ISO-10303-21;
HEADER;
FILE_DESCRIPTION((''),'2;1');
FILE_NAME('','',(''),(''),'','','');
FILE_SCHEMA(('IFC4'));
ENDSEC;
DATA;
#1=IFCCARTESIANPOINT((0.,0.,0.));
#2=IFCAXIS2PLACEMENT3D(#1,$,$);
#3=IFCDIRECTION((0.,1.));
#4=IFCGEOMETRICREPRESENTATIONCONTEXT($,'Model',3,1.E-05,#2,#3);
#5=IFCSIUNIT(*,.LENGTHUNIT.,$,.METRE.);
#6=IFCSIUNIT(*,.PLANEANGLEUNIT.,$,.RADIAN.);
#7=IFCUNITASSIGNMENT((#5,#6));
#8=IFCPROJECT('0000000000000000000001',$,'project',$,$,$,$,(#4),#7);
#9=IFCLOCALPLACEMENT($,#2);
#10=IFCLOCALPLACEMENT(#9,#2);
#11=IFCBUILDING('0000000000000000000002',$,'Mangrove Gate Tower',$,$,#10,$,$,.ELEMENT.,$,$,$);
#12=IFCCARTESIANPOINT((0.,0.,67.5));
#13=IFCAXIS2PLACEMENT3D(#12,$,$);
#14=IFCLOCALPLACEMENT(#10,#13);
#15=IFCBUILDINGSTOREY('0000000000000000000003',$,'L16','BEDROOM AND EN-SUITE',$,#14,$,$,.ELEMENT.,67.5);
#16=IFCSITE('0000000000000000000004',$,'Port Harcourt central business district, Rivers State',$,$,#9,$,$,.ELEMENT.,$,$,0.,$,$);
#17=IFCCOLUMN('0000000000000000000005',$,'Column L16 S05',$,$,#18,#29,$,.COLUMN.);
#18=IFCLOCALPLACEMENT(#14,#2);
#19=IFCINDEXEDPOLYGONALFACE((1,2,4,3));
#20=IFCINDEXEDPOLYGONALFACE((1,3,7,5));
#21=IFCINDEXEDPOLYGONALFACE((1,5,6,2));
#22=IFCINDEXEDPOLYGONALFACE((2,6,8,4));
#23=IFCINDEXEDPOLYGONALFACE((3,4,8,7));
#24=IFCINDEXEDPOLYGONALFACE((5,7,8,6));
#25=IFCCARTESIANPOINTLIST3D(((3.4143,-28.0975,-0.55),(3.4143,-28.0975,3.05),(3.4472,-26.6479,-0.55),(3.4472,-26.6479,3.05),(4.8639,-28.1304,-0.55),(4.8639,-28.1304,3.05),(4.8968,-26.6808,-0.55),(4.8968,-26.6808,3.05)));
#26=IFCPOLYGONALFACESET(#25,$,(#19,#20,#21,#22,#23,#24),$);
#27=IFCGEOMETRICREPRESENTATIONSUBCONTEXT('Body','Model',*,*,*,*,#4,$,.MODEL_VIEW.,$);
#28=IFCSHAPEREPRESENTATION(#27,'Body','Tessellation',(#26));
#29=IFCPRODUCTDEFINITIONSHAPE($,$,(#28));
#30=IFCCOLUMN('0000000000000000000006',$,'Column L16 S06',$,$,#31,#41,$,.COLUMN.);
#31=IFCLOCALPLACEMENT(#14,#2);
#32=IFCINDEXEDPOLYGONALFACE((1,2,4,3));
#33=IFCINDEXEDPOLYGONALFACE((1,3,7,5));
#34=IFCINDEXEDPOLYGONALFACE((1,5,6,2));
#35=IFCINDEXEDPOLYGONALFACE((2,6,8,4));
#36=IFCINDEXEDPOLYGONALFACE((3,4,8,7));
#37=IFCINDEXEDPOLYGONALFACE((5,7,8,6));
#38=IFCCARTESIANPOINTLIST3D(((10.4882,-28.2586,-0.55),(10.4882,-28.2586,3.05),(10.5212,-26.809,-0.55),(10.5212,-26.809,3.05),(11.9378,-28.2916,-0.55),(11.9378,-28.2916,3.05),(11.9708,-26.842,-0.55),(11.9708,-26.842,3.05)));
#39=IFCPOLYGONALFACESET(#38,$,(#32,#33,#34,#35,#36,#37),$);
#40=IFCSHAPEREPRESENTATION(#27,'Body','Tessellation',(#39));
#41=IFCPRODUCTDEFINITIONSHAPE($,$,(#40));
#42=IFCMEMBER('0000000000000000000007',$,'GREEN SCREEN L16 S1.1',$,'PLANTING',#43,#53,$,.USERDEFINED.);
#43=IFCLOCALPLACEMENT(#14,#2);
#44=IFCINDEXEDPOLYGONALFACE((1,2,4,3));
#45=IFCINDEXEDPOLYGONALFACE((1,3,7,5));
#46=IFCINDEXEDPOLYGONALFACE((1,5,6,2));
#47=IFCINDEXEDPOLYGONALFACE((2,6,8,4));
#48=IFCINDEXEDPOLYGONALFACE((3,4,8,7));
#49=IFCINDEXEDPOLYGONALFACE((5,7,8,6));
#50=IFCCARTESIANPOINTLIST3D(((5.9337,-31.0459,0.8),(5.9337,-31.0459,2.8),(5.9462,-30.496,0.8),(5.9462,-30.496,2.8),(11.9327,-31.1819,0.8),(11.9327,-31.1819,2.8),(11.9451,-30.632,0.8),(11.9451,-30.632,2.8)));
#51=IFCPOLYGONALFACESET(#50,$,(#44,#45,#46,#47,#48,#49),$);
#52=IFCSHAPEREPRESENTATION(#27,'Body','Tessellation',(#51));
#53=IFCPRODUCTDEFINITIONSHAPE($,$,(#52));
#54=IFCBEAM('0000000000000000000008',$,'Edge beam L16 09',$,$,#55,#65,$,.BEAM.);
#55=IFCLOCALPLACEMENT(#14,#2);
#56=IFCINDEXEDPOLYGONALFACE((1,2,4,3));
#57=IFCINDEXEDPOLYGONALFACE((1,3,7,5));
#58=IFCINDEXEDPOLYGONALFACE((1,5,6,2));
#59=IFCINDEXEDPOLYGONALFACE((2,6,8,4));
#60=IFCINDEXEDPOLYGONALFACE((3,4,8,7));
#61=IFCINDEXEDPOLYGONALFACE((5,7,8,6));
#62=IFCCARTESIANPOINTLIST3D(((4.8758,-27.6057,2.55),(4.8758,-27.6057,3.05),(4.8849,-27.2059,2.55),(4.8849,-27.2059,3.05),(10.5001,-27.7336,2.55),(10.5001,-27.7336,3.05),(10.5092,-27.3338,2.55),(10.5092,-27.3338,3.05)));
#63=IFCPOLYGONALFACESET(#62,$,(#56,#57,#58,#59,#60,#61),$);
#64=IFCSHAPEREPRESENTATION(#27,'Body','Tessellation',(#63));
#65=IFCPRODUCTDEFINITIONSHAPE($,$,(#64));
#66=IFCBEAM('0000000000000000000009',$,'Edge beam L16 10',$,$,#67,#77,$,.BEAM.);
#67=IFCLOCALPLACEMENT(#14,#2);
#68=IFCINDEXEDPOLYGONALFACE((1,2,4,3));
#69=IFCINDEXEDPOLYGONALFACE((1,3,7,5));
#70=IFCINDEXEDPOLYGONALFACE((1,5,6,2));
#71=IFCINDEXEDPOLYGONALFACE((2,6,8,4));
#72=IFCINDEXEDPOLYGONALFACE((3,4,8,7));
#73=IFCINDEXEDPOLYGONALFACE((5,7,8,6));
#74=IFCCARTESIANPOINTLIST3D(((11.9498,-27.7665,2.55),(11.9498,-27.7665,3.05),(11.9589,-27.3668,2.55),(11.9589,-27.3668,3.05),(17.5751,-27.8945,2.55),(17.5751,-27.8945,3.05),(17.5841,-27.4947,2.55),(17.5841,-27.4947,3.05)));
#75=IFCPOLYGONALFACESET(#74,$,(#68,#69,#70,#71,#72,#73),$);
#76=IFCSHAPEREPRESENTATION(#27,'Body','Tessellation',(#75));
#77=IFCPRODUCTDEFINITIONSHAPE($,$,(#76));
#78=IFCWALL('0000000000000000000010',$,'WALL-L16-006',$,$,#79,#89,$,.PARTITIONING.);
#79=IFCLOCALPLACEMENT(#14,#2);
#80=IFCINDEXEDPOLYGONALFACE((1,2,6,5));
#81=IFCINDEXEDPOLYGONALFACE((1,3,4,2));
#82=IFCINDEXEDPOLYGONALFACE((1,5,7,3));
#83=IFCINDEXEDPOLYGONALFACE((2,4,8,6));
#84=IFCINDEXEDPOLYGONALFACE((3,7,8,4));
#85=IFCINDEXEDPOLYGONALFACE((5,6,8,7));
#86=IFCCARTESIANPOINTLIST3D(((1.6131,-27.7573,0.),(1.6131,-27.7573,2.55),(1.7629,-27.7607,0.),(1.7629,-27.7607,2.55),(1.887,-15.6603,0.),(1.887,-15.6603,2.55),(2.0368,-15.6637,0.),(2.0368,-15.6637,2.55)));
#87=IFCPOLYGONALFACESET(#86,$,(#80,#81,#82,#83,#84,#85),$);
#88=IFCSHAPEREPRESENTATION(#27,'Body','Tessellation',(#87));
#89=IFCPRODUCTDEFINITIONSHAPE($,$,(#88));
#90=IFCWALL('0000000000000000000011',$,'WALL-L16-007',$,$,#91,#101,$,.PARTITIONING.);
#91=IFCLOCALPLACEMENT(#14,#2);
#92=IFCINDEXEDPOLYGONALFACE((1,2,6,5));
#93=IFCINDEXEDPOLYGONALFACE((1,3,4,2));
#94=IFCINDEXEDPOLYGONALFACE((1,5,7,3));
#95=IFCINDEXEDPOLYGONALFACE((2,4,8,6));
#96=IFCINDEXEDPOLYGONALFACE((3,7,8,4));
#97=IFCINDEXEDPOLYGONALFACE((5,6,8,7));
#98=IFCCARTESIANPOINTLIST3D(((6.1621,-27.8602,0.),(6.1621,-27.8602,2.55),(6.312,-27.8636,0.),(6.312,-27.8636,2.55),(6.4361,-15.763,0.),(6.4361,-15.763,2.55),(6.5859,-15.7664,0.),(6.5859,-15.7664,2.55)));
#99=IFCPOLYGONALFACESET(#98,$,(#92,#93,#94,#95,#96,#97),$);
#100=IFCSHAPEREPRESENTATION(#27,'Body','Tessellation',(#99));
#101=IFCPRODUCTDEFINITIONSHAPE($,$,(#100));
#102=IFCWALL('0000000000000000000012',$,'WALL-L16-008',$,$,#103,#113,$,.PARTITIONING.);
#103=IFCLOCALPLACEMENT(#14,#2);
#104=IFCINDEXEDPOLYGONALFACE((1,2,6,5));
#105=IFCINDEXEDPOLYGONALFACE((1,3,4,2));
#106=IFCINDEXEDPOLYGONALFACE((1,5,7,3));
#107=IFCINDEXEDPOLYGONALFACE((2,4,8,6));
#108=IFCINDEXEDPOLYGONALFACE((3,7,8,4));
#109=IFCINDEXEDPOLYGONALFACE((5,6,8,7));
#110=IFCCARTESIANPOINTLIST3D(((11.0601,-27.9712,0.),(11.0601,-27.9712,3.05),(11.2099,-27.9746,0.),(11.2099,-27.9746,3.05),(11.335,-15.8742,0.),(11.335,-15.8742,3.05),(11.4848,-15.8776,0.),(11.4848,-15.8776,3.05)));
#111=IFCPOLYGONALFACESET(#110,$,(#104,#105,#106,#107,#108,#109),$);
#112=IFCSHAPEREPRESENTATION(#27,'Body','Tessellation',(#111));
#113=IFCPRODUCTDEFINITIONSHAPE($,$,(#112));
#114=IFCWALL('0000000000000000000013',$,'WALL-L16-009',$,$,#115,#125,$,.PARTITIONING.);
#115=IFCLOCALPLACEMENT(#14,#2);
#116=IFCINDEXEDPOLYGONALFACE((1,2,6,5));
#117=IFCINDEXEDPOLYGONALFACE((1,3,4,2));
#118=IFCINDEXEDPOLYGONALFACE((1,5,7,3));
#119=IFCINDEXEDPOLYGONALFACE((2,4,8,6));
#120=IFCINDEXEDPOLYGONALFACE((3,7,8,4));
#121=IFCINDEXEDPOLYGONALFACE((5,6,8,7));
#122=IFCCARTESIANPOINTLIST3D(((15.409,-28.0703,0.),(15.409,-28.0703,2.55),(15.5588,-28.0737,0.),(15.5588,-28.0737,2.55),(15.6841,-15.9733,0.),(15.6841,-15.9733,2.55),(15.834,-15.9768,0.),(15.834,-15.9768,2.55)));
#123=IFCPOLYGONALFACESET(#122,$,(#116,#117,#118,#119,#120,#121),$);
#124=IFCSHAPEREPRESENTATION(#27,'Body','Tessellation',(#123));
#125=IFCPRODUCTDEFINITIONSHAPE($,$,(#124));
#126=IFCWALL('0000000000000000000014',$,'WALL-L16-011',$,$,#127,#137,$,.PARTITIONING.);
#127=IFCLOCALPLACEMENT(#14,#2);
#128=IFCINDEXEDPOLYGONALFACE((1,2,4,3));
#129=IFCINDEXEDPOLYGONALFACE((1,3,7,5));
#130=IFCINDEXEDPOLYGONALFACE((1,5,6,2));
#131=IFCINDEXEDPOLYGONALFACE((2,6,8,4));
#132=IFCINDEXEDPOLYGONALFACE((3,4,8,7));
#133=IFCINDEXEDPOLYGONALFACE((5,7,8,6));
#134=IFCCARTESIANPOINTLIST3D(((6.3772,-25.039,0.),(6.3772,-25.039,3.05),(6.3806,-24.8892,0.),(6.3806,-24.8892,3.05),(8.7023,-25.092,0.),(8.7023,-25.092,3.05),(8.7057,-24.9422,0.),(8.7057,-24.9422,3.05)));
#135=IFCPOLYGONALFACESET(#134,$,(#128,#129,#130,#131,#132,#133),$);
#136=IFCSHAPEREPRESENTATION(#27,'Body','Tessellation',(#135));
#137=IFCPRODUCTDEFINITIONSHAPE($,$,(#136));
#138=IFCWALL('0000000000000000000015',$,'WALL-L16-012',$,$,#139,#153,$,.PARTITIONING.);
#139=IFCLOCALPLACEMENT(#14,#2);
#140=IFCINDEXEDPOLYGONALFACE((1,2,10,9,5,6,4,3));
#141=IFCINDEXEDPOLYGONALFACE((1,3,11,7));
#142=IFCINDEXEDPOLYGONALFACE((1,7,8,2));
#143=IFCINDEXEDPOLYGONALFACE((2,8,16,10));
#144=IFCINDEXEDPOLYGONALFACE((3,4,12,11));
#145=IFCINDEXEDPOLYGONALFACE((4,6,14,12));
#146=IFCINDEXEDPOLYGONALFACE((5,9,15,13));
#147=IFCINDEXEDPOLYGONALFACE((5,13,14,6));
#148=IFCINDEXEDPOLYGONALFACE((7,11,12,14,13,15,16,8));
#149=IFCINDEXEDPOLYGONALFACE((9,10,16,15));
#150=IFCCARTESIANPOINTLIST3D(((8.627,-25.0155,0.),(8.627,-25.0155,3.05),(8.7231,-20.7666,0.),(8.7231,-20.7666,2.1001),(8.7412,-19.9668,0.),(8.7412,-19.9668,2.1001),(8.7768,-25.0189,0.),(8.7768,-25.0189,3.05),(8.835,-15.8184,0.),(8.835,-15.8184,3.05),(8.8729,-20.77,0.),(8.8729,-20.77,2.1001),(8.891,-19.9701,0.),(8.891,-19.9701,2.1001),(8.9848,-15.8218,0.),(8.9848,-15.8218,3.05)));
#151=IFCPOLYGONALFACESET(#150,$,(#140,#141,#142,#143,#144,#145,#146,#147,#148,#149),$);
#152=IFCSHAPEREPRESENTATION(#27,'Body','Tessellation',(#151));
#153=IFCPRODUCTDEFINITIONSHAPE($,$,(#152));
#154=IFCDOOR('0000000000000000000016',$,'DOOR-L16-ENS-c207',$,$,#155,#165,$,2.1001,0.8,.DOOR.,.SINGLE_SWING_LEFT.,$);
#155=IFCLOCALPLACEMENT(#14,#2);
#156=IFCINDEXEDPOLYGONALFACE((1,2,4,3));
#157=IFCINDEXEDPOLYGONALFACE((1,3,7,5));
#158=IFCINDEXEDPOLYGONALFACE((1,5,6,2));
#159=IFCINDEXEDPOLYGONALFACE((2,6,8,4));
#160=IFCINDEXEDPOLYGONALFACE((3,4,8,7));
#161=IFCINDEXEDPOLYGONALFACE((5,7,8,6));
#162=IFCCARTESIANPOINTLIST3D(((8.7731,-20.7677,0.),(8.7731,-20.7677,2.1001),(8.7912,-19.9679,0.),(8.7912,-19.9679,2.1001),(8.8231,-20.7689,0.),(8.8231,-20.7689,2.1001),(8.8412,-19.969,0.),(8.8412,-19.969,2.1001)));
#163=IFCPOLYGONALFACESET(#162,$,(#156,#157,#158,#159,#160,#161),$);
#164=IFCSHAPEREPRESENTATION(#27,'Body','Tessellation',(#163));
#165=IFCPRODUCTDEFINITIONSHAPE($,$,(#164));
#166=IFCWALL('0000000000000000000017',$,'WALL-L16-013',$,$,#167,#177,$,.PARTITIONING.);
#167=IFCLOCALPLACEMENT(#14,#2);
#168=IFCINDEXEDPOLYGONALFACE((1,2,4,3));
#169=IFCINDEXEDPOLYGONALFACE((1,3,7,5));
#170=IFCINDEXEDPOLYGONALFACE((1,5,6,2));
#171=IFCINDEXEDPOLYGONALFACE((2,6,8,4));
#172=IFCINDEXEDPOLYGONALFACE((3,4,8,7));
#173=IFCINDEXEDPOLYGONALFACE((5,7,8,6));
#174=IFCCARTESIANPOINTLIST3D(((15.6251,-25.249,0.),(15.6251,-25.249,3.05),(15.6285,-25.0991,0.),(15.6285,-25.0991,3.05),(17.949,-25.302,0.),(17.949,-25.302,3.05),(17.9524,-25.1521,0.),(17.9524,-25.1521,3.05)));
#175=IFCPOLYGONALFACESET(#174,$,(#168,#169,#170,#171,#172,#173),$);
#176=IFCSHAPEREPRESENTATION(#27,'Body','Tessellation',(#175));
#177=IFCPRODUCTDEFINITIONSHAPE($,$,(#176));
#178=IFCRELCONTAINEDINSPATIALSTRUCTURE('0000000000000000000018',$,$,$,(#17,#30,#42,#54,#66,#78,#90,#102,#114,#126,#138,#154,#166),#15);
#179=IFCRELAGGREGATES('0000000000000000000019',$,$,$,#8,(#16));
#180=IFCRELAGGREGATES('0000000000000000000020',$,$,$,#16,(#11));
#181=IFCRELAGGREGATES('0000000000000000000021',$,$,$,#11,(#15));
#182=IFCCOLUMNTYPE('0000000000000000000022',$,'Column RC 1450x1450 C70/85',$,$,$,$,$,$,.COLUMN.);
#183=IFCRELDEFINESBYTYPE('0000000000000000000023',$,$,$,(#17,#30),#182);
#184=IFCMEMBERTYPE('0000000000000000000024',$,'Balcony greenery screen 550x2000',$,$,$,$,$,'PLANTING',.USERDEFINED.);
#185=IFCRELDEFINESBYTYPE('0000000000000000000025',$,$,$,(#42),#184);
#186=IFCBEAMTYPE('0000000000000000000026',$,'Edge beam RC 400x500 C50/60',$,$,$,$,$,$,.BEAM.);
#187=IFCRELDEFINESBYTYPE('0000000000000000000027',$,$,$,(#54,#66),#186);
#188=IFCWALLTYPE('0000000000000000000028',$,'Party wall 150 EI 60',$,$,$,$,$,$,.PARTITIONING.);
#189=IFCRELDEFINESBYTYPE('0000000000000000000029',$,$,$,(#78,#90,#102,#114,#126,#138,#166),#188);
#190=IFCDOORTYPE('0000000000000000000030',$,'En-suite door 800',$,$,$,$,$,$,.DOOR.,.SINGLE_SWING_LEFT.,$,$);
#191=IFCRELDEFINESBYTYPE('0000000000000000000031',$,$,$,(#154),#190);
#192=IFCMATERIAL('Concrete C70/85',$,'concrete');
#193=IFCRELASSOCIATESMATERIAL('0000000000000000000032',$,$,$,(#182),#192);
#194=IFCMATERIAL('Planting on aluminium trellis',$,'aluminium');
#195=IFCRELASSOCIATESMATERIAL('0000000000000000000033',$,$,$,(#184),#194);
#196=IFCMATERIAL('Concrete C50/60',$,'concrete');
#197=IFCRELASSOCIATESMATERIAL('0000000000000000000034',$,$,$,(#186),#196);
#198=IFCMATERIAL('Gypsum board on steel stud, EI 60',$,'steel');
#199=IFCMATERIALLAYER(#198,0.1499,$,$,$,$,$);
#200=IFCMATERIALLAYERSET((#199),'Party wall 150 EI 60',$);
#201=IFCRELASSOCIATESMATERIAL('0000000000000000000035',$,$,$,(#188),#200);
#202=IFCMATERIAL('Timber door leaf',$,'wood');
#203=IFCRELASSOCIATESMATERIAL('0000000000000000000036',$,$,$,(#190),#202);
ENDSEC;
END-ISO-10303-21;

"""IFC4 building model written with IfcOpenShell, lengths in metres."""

from ifc_helpers import new_model, si_unit, direction, frame, frame_2d, origin, origin_2d, place, context, subcontext, project, spatial, rectangle, extrude, material, layer, layer_set, material_profile, profile_set, type_object, element, fill, save


model = new_model("IFC4")

# Units and contexts
model_context = context("Model", 3, precision=1e-05, world=origin(), true_north=direction((0.0, 1.0)))
body_context = subcontext(model_context, "Body", "Model", "MODEL_VIEW")
ifc_project = project(units=[si_unit("LENGTHUNIT", "METRE"), si_unit("PLANEANGLEUNIT", "RADIAN")], contexts=[model_context])

# Site, building, storey
site_placement = place(None, origin())
site = spatial("IfcSite", under=ifc_project, at=site_placement, Name="Port Harcourt central business district, Rivers State", CompositionType="ELEMENT", RefElevation=0.0)
building_placement = place(site_placement, origin())
building = spatial("IfcBuilding", under=site, at=building_placement, Name="Mangrove Gate Tower", CompositionType="ELEMENT")
storey_placement = place(building_placement, frame((0.0, 0.0, 67.5)))
storey = spatial("IfcBuildingStorey", under=building, at=storey_placement, Name="L16", Description="BEDROOM AND EN-SUITE", CompositionType="ELEMENT", Elevation=67.5)

# Columns
ifc_material_1 = material(Name="Concrete C70/85", Category="concrete")
ifc_material_profile_1 = material_profile(ifc_material_1, rectangle(XDim=1.45, YDim=1.45, at=origin_2d()))
ifc_profile_set_1 = profile_set([ifc_material_profile_1], Name="Concrete C70/85")
column_type = type_object("IfcColumnType", Name="Column RC 1450x1450 C70/85", PredefinedType="COLUMN", material=ifc_profile_set_1)
for number, where, z_axis, x_axis, name in (
    (1, (4.1555, -27.3892, -0.55), (0.0, 0.0, 1.0), (0.999743, -0.022681, 0.0), "Column L16 S05"),
    (2, (11.2295, -27.5503, -0.55), (0.0, 0.0, 1.0), (0.999741, -0.022752, 0.0), "Column L16 S06"),
):
    element("IfcColumn", number, at=place(storey_placement, frame(where, z_axis=z_axis, x_axis=x_axis)), inside=storey, type_object=column_type, Name=name, PredefinedType="COLUMN", context=body_context, shape_type="SweptSolid", body=[
        extrude(rectangle(XDim=1.45, YDim=1.45, at=origin_2d()), origin(), (0.0, 0.0, 1.0), 3.6001),
    ])

# Member
ifc_material_2 = material(Name="Planting on aluminium trellis", Category="aluminium")
ifc_material_profile_2 = material_profile(ifc_material_2, rectangle(XDim=0.55, YDim=2.0, at=origin_2d()))
ifc_profile_set_2 = profile_set([ifc_material_profile_2], Name="Planting on aluminium trellis")
member_type = type_object("IfcMemberType", Name="Balcony greenery screen 550x2000", ElementType="PLANTING", PredefinedType="USERDEFINED", material=ifc_profile_set_2)
member_placement = place(storey_placement, frame((5.9399, -30.771, 1.8), z_axis=(0.999743, -0.022662, 0.0), x_axis=(0.022662, 0.999743, 0.0)))
element("IfcMember", 3, at=member_placement, inside=storey, type_object=member_type, Name="GREEN SCREEN L16 S1.1", ObjectType="PLANTING", PredefinedType="USERDEFINED", context=body_context, shape_type="SweptSolid", body=[
    extrude(rectangle(XDim=0.55, YDim=2.0, at=origin_2d()), origin(), (0.0, 0.0, 1.0), 6.0005),
])

# Beams
ifc_material_3 = material(Name="Concrete C50/60", Category="concrete")
ifc_material_profile_3 = material_profile(ifc_material_3, rectangle(XDim=0.3999, YDim=0.5, at=origin_2d()))
ifc_profile_set_3 = profile_set([ifc_material_profile_3], Name="Concrete C50/60")
beam_type = type_object("IfcBeamType", Name="Edge beam RC 400x500 C50/60", PredefinedType="BEAM", material=ifc_profile_set_3)
beam_1_placement = place(storey_placement, frame((4.8804, -27.4058, 2.8), z_axis=(0.999741, -0.02274, 0.0), x_axis=(0.02274, 0.999741, 0.0)))
element("IfcBeam", 4, at=beam_1_placement, inside=storey, type_object=beam_type, Name="Edge beam L16 09", PredefinedType="BEAM", context=body_context, shape_type="SweptSolid", body=[
    extrude(rectangle(XDim=0.3999, YDim=0.5, at=origin_2d()), origin(), (0.0, 0.0, 1.0), 5.6257),
])
beam_2_placement = place(storey_placement, frame((11.9543, -27.5667, 2.8), z_axis=(0.999741, -0.022736, 0.0), x_axis=(0.022736, 0.999741, 0.0)))
element("IfcBeam", 5, at=beam_2_placement, inside=storey, type_object=beam_type, Name="Edge beam L16 10", PredefinedType="BEAM", context=body_context, shape_type="SweptSolid", body=[
    extrude(rectangle(XDim=0.3999, YDim=0.5, at=origin_2d()), origin(), (0.0, 0.0, 1.0), 5.6267),
])

# Walls
ifc_material_4 = material(Name="Gypsum board on steel stud, EI 60", Category="steel")
ifc_layer_1 = layer(ifc_material_4, 0.1499)
ifc_layer_set_1 = layer_set([ifc_layer_1], Name="Party wall 150 EI 60")
wall_type_1 = type_object("IfcWallType", Name="Party wall 150 EI 60", PredefinedType="PARTITIONING", material=ifc_layer_set_1)
wall_1_placement = place(storey_placement, frame((1.688, -27.759, 0.0), z_axis=(0.0, 0.0, 1.0), x_axis=(0.022638, 0.999744, 0.0)))
element("IfcWall", 6, at=wall_1_placement, inside=storey, type_object=wall_type_1, Name="WALL-L16-006", PredefinedType="PARTITIONING", context=body_context, shape_type="SweptSolid", body=[
    extrude(rectangle(XDim=12.1001, YDim=0.1499, at=frame_2d((6.05, 0.0))), origin(), (0.0, 0.0, 1.0), 2.55),
])
wall_2_placement = place(storey_placement, frame((6.2371, -27.8621, 0.0), z_axis=(0.0, 0.0, 1.0), x_axis=(0.022638, 0.999744, 0.0)))
element("IfcWall", 7, at=wall_2_placement, inside=storey, type_object=wall_type_1, Name="WALL-L16-007", PredefinedType="PARTITIONING", context=body_context, shape_type="SweptSolid", body=[
    extrude(rectangle(XDim=12.1003, YDim=0.1499, at=frame_2d((6.0503, 0.0))), origin(), (0.0, 0.0, 1.0), 2.55),
])
wall_3_placement = place(storey_placement, frame((11.135, -27.9729, 0.0), z_axis=(0.0, 0.0, 1.0), x_axis=(0.022719, 0.999742, 0.0)))
element("IfcWall", 8, at=wall_3_placement, inside=storey, type_object=wall_type_1, Name="WALL-L16-008", PredefinedType="PARTITIONING", context=body_context, shape_type="SweptSolid", body=[
    extrude(rectangle(XDim=12.1001, YDim=0.1499, at=frame_2d((6.05, 0.0))), origin(), (0.0, 0.0, 1.0), 3.05),
])
wall_4_placement = place(storey_placement, frame((15.4839, -28.072, 0.0), z_axis=(0.0, 0.0, 1.0), x_axis=(0.022739, 0.999741, 0.0)))
element("IfcWall", 9, at=wall_4_placement, inside=storey, type_object=wall_type_1, Name="WALL-L16-009", PredefinedType="PARTITIONING", context=body_context, shape_type="SweptSolid", body=[
    extrude(rectangle(XDim=12.1001, YDim=0.1499, at=frame_2d((6.05, 0.0))), origin(), (0.0, 0.0, 1.0), 2.55),
])
wall_5_placement = place(storey_placement, frame((6.3789, -24.9641, 0.0), z_axis=(0.0, 0.0, 1.0), x_axis=(0.999741, -0.022779, 0.0)))
element("IfcWall", 10, at=wall_5_placement, inside=storey, type_object=wall_type_1, Name="WALL-L16-011", PredefinedType="PARTITIONING", context=body_context, shape_type="SweptSolid", body=[
    extrude(rectangle(XDim=2.3257, YDim=0.1499, at=frame_2d((1.1628, 0.0))), origin(), (0.0, 0.0, 1.0), 3.05),
])

# Wall, opening, door
wall_6_placement = place(storey_placement, frame((8.7019, -25.0171, 0.0), z_axis=(0.0, 0.0, 1.0), x_axis=(0.022611, 0.999744, 0.0)))
wall_6 = element("IfcWall", 11, at=wall_6_placement, inside=storey, type_object=wall_type_1, Name="WALL-L16-012", PredefinedType="PARTITIONING", context=body_context, shape_type="SweptSolid", body=[
    extrude(rectangle(XDim=9.1995, YDim=0.1499, at=frame_2d((4.5996, 0.0))), origin(), (0.0, 0.0, 1.0), 3.05),
])
opening_1_placement = place(wall_6_placement, frame((4.25, 0.0, 0.0)))
opening_1 = element("IfcOpeningElement", 12, at=opening_1_placement, cuts=wall_6, PredefinedType="OPENING", context=body_context, shape_type="SweptSolid", body=[
    extrude(rectangle(XDim=0.8, YDim=2.1001, at=frame_2d((0.3999, 1.05))), frame((0.0, 0.085, 0.0), z_axis=(0.0, -1.0, 0.0), x_axis=(1.0, 0.0, 0.0)), (0.0, 0.0, 1.0), 0.1699),
])
ifc_material_5 = material(Name="Timber door leaf", Category="wood")
door_type = type_object("IfcDoorType", Name="En-suite door 800", OperationType="SINGLE_SWING_LEFT", PredefinedType="DOOR", material=ifc_material_5)
door_1_placement = place(opening_1_placement, origin())
door_1 = element("IfcDoor", 13, at=door_1_placement, inside=storey, type_object=door_type, Name="DOOR-L16-ENS-c207", OperationType="SINGLE_SWING_LEFT", OverallHeight=2.1001, OverallWidth=0.8, PredefinedType="DOOR", context=body_context, shape_type="SweptSolid", body=[
    extrude(rectangle(XDim=0.8, YDim=2.1001, at=frame_2d((0.3999, 1.05))), frame((0.0, 0.0249, 0.0), z_axis=(0.0, -1.0, 0.0), x_axis=(1.0, 0.0, 0.0)), (0.0, 0.0, 1.0), 0.05),
])
fill(opening_1, door_1)

# Wall
wall_7_placement = place(storey_placement, frame((15.627, -25.1741, 0.0), z_axis=(0.0, 0.0, 1.0), x_axis=(0.99974, -0.022791, 0.0)))
element("IfcWall", 14, at=wall_7_placement, inside=storey, type_object=wall_type_1, Name="WALL-L16-013", PredefinedType="PARTITIONING", context=body_context, shape_type="SweptSolid", body=[
    extrude(rectangle(XDim=2.3245, YDim=0.1499, at=frame_2d((1.1621, 0.0))), origin(), (0.0, 0.0, 1.0), 3.05),
])

save(model, "model.ifc")
